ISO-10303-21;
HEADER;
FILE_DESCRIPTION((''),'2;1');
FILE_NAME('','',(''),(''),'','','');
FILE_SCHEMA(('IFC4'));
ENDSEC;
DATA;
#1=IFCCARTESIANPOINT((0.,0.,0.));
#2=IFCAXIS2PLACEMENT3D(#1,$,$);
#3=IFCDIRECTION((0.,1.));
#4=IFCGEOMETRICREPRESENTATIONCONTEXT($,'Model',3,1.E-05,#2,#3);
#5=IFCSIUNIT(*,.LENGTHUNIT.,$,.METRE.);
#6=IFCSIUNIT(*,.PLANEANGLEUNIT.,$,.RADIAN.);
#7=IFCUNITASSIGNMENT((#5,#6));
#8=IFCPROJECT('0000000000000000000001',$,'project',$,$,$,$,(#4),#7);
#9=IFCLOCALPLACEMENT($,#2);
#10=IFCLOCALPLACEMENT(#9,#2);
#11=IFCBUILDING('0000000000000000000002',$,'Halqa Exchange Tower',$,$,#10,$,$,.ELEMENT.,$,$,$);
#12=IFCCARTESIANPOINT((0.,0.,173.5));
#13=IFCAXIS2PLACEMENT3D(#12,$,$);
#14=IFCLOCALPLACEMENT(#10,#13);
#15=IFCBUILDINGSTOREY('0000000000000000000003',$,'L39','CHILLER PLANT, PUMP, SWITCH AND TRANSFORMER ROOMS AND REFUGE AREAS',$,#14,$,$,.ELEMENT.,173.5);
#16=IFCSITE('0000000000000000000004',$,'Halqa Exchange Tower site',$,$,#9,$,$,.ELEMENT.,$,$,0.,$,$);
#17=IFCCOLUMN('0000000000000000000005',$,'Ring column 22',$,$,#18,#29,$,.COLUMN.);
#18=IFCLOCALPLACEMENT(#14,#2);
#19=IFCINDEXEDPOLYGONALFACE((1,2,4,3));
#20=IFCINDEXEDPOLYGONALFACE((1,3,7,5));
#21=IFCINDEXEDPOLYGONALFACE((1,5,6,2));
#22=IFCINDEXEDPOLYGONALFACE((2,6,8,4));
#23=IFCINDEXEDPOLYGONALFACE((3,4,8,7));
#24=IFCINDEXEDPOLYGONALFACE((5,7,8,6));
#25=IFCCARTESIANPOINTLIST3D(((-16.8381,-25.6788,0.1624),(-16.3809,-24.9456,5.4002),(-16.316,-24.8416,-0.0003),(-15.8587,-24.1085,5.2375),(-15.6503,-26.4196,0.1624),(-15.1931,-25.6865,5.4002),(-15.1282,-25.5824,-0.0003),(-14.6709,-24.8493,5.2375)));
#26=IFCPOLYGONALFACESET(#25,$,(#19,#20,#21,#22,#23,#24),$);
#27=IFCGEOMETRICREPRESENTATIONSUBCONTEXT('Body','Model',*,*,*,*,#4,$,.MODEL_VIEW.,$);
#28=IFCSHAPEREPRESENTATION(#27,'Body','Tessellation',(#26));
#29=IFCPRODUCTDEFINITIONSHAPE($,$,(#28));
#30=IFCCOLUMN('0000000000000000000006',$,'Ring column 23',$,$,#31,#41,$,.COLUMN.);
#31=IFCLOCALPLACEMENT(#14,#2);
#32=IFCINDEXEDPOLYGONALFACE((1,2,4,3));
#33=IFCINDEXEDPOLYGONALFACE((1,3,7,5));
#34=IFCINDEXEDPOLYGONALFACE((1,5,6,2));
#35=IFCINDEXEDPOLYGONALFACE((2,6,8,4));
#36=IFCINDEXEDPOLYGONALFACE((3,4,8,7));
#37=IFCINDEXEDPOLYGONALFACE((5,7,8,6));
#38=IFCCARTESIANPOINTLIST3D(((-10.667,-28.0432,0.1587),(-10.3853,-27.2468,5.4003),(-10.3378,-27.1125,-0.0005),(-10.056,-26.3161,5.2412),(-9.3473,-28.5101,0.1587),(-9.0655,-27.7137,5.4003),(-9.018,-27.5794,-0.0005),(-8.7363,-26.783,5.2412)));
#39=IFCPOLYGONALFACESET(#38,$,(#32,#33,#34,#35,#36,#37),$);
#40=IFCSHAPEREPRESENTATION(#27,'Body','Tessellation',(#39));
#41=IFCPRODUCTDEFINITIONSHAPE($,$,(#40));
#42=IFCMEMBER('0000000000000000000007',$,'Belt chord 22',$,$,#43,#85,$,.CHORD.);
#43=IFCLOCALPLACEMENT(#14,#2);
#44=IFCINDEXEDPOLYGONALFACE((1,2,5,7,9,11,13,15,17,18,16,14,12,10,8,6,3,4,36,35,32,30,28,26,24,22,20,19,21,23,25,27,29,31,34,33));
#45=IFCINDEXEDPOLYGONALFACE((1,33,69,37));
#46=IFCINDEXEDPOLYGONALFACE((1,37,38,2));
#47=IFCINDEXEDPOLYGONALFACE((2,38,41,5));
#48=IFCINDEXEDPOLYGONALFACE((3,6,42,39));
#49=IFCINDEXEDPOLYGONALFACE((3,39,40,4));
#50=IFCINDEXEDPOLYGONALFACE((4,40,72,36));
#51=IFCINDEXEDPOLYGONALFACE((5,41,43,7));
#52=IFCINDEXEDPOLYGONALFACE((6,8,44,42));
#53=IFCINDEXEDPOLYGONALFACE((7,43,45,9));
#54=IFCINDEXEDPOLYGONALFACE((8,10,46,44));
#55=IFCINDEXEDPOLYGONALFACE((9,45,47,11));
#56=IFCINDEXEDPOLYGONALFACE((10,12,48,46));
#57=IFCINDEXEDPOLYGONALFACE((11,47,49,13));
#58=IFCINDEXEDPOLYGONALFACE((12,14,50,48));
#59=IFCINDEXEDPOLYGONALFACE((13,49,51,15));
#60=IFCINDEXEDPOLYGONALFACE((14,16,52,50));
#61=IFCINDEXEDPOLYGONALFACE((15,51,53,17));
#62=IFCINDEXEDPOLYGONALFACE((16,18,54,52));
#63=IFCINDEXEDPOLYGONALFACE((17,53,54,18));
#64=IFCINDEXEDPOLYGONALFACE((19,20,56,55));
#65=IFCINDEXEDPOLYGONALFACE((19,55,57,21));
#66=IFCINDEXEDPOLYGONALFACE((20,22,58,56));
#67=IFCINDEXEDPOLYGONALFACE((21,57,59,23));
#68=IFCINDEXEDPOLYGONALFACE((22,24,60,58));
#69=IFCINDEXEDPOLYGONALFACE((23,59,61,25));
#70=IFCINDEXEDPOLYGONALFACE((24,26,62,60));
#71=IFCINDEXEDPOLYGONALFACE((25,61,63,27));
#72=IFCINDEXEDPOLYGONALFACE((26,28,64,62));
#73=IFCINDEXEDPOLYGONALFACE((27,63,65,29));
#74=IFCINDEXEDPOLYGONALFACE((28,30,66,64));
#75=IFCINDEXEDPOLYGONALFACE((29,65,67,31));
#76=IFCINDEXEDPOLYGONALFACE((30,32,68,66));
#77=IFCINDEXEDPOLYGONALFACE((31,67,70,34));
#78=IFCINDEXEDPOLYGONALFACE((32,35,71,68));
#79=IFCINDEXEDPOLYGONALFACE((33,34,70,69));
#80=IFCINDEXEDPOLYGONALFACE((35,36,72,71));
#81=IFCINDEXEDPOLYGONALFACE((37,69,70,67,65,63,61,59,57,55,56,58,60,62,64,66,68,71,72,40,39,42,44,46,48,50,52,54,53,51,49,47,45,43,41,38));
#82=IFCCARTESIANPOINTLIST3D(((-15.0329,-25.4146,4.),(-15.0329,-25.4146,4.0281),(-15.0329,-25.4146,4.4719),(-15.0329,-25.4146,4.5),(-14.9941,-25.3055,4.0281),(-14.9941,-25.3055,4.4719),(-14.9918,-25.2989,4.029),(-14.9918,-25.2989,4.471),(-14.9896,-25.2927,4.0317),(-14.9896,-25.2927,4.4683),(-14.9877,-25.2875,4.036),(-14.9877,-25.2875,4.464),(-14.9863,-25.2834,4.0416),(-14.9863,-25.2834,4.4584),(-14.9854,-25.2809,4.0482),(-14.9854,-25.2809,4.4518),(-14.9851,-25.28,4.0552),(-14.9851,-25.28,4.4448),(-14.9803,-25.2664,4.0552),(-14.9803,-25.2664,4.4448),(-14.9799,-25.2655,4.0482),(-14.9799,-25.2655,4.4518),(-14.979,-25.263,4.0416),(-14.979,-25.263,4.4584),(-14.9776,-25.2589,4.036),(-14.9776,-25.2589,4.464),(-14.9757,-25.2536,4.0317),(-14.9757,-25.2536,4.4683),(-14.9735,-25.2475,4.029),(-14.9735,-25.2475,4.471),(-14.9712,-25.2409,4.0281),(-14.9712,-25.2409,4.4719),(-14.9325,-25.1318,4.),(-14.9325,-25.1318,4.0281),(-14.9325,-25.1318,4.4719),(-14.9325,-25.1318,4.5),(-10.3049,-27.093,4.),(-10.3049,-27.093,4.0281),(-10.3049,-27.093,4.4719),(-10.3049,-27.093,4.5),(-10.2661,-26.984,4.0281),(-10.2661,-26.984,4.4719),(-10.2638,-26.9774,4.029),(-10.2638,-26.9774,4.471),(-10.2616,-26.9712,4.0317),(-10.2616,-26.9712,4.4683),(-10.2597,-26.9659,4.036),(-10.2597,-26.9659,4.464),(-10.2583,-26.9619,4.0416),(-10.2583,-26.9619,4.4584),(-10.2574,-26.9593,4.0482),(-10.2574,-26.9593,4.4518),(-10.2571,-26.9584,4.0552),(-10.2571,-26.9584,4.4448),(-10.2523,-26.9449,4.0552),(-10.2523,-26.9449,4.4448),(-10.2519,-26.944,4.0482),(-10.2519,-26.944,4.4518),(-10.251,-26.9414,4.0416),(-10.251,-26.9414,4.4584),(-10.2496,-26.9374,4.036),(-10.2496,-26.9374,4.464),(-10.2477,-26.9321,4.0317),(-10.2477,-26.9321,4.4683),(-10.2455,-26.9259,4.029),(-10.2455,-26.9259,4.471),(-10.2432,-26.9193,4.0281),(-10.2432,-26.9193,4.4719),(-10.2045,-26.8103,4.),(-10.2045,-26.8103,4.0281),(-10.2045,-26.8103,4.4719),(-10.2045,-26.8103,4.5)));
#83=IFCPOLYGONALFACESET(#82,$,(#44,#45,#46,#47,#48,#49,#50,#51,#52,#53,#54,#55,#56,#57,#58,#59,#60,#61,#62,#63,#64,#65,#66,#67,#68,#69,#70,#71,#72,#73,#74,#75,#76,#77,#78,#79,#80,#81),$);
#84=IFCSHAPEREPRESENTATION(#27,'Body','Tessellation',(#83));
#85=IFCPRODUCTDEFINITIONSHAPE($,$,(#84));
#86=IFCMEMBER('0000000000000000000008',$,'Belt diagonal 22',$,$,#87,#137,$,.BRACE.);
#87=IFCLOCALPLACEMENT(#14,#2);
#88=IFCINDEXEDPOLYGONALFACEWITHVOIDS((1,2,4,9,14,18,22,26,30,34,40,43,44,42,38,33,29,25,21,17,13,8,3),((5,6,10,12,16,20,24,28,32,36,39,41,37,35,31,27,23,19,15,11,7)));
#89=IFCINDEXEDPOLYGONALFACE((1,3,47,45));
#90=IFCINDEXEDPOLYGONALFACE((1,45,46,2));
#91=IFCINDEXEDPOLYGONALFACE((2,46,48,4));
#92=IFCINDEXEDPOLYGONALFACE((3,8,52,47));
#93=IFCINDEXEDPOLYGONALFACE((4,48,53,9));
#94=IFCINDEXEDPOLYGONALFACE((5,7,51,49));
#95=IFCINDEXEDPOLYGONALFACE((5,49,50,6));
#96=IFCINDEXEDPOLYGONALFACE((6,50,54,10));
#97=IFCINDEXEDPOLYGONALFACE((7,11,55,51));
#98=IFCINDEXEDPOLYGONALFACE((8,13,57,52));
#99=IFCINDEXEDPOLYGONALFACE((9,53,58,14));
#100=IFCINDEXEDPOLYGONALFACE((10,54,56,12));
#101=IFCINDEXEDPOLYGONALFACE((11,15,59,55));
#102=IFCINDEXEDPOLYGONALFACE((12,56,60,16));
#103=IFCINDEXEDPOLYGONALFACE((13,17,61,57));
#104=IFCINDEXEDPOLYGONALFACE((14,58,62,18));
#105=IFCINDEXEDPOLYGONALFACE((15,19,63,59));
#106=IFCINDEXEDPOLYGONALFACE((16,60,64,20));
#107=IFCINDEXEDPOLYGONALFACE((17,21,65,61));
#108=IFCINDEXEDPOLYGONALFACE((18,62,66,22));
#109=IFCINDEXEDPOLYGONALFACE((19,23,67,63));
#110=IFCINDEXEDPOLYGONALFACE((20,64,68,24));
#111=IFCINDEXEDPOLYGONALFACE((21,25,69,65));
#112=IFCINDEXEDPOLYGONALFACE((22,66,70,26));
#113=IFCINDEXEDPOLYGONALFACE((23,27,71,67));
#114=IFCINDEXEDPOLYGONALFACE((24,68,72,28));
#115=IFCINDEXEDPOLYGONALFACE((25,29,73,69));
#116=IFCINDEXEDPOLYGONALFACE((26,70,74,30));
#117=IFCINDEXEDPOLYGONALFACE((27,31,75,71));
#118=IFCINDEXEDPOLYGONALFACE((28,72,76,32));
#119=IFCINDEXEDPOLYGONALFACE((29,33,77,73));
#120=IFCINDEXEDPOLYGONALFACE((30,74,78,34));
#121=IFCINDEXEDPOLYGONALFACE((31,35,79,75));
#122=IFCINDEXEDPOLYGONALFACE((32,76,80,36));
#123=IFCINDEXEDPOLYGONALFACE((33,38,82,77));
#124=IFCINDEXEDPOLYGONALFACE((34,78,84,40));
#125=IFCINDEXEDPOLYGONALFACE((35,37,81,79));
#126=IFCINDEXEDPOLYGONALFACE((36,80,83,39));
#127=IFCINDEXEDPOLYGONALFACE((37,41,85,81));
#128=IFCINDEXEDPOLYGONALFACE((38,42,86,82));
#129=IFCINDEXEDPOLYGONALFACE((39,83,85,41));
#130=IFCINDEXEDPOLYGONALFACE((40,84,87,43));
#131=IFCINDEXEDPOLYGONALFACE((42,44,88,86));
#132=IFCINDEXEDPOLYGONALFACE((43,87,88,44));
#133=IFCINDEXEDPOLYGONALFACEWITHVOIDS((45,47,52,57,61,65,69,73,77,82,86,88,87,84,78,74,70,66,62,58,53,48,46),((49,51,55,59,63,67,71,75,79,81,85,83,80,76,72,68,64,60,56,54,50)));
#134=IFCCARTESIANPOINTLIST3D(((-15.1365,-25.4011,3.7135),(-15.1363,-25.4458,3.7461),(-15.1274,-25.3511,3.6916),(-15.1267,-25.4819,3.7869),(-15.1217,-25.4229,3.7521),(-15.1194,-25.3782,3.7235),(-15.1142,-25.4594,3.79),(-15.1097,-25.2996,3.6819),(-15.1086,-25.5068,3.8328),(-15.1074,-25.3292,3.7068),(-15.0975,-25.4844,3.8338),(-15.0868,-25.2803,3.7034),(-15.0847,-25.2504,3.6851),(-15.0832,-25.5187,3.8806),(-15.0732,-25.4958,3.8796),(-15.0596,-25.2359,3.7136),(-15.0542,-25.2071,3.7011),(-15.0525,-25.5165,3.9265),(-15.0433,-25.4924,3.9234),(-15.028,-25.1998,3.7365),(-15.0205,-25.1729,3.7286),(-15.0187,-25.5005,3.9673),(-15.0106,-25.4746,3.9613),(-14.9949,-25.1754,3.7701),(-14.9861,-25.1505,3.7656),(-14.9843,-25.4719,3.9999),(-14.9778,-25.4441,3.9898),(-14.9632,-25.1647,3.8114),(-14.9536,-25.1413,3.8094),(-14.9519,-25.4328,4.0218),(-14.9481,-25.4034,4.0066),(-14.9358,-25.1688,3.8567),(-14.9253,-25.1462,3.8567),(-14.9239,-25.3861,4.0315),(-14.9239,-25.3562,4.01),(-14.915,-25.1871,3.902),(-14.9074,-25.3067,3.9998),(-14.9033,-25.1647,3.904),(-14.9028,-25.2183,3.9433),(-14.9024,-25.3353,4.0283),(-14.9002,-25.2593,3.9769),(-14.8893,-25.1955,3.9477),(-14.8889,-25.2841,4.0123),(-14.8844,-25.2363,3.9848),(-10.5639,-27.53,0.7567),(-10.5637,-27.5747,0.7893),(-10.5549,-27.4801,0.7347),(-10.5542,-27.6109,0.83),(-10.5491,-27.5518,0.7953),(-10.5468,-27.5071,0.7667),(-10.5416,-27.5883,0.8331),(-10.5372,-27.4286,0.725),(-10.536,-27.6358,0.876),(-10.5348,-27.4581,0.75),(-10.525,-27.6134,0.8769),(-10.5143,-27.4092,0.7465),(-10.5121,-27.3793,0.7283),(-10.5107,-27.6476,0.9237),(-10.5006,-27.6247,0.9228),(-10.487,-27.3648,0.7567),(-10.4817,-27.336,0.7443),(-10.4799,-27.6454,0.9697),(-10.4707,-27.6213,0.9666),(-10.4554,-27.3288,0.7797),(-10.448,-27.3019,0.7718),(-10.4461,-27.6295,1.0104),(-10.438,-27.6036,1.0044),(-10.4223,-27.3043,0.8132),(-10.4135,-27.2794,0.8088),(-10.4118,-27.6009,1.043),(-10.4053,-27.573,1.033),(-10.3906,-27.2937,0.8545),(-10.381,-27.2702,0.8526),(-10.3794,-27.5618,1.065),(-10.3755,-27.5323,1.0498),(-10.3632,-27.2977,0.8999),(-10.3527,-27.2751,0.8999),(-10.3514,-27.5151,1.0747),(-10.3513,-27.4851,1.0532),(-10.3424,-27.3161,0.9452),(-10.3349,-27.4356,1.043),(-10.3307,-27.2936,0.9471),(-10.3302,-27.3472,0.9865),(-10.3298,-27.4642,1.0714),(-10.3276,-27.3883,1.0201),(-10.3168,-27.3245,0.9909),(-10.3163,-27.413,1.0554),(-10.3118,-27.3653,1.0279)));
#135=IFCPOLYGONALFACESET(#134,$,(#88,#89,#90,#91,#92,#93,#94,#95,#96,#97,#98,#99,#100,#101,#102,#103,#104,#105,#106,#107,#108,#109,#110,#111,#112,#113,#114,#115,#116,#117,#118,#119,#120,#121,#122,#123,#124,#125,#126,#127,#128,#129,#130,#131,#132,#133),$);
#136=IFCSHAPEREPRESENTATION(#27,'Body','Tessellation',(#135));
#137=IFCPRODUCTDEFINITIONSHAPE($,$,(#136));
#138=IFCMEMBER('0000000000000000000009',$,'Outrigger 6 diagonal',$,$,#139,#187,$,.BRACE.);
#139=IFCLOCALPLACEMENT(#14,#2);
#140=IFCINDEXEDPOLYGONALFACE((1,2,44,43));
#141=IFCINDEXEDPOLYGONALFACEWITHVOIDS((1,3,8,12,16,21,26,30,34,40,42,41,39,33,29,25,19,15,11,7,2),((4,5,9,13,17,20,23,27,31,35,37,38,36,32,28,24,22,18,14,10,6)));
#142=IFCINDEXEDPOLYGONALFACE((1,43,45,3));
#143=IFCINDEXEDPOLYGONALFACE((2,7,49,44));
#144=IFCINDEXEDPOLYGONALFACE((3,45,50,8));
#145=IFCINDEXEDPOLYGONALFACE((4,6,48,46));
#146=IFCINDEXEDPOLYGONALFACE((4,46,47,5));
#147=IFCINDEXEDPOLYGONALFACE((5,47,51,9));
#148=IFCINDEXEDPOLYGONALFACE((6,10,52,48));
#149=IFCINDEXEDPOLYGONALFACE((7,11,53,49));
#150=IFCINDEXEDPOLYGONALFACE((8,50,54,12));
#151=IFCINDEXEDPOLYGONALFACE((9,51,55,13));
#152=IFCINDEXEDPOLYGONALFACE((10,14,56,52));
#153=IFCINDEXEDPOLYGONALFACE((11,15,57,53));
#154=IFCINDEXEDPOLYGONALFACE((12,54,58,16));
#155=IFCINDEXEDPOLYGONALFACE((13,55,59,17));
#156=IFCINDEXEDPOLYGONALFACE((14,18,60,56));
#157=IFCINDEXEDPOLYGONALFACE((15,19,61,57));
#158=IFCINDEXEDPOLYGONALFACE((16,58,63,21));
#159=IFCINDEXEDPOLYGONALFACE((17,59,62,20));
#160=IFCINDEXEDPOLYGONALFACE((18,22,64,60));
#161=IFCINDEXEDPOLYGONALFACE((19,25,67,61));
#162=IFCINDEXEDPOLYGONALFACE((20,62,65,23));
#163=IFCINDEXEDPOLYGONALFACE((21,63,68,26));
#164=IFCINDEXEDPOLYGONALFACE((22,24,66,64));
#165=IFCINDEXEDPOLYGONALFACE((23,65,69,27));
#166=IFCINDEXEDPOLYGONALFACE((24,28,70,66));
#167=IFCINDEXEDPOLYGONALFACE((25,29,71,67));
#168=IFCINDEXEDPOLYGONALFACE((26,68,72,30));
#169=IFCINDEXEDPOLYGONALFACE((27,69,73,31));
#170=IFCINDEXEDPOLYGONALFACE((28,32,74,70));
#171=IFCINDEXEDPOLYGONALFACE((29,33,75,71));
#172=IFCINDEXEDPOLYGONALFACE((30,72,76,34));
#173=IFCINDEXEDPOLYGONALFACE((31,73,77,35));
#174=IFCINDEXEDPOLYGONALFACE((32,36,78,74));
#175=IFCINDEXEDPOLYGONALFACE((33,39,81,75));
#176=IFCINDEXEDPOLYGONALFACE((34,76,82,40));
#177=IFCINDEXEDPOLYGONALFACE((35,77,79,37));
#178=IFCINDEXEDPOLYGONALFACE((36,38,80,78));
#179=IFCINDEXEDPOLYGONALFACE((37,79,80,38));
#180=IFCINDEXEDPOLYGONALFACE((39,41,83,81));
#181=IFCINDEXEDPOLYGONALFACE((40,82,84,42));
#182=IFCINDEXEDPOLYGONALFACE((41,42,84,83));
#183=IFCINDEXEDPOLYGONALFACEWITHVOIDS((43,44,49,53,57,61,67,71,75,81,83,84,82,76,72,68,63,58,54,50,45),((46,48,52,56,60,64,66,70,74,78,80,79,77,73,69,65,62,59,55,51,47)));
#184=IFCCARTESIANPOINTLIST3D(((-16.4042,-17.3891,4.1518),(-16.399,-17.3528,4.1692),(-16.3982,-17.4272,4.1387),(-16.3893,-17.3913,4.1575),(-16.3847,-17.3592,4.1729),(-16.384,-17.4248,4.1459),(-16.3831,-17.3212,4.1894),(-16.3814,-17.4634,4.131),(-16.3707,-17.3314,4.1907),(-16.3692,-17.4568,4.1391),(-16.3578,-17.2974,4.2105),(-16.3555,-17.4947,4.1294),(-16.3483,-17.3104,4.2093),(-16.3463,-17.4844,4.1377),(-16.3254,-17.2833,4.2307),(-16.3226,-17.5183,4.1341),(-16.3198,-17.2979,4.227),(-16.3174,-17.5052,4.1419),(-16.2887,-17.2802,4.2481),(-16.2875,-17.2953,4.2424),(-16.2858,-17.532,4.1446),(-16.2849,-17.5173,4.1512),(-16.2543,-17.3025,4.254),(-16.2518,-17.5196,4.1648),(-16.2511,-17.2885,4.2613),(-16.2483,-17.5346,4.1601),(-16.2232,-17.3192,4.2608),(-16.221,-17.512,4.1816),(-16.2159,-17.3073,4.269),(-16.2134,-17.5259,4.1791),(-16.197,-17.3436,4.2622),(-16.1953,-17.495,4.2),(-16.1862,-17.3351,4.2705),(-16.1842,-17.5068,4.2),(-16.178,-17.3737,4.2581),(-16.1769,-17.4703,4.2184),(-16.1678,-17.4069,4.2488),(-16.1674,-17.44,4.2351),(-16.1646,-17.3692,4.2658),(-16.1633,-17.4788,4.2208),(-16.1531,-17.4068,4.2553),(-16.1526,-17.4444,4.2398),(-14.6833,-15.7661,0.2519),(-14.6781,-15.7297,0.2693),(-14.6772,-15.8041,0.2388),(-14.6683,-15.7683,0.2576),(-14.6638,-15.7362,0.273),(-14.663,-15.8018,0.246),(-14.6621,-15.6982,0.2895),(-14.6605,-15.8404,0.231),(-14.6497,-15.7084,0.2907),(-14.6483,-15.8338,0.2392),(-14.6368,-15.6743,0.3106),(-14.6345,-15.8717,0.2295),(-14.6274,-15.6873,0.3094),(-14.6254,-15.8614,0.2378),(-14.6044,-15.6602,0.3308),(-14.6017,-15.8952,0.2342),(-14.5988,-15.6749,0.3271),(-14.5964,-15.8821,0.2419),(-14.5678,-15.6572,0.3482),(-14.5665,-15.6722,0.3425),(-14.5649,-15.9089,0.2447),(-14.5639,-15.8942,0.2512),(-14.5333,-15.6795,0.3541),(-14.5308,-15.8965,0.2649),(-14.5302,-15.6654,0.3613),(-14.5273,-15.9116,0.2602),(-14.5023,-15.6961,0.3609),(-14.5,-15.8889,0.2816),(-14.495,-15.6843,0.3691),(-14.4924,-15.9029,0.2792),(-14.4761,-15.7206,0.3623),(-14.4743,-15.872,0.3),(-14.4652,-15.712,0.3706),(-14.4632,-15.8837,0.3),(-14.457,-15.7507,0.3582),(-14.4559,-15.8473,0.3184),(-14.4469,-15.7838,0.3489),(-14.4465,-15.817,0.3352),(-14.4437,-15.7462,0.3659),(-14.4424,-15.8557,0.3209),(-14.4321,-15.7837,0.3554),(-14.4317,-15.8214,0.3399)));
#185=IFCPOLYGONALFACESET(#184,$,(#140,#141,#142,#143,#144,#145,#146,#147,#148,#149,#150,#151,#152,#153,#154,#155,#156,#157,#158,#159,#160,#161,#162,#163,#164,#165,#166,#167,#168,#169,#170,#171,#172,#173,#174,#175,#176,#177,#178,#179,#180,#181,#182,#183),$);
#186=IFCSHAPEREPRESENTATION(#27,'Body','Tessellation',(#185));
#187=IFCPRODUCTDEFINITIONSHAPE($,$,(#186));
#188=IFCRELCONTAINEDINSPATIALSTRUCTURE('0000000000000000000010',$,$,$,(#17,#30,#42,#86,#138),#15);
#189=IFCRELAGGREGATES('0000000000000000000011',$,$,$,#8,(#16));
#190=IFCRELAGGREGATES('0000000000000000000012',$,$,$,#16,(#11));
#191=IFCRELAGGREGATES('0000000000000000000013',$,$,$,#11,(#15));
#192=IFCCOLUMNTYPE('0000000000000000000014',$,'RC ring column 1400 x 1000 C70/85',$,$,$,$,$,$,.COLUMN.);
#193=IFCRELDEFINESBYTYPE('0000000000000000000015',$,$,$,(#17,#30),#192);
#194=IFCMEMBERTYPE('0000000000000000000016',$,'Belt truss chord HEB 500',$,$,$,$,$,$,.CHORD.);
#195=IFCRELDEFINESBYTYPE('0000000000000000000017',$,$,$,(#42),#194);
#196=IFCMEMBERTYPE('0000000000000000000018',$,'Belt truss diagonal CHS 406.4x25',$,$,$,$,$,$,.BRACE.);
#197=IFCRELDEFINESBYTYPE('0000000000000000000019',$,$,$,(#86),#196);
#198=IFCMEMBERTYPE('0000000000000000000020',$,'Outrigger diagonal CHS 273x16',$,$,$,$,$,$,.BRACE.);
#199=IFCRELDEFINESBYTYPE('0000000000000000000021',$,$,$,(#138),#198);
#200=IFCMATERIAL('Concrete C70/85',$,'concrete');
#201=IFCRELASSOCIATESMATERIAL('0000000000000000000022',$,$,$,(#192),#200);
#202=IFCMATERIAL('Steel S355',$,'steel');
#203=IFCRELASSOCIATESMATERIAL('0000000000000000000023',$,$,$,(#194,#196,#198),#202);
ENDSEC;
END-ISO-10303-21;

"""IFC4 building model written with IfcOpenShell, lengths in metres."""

from ifc_helpers import new_model, si_unit, direction, frame, origin, origin_2d, place, context, subcontext, project, spatial, rectangle, hollow_circle, i_section, extrude, material, material_profile, profile_set, type_object, element, save


model = new_model("IFC4")

# Units and contexts
model_context = context("Model", 3, precision=1e-05, world=origin(), true_north=direction((0.0, 1.0)))
body_context = subcontext(model_context, "Body", "Model", "MODEL_VIEW")
ifc_project = project(units=[si_unit("LENGTHUNIT", "METRE"), si_unit("PLANEANGLEUNIT", "RADIAN")], contexts=[model_context])

# Site, building, storey
site_placement = place(None, origin())
site = spatial("IfcSite", under=ifc_project, at=site_placement, Name="Halqa Exchange Tower site", CompositionType="ELEMENT", RefElevation=0.0)
building_placement = place(site_placement, origin())
building = spatial("IfcBuilding", under=site, at=building_placement, Name="Halqa Exchange Tower", CompositionType="ELEMENT")
storey_placement = place(building_placement, frame((0.0, 0.0, 173.5)))
storey = spatial("IfcBuildingStorey", under=building, at=storey_placement, Name="L39", Description="CHILLER PLANT, PUMP, SWITCH AND TRANSFORMER ROOMS AND REFUGE AREAS", CompositionType="ELEMENT", Elevation=173.5)

# Columns
ifc_material_1 = material(Name="Concrete C70/85", Category="concrete")
ifc_material_profile_1 = material_profile(ifc_material_1, rectangle(XDim=1.3999, YDim=1.0, at=origin_2d()), Name="1400 x 1000")
ifc_profile_set_1 = profile_set([ifc_material_profile_1], Name="Concrete C70/85")
column_type = type_object("IfcColumnType", Name="RC ring column 1400 x 1000 C70/85", PredefinedType="COLUMN", material=ifc_profile_set_1)
column_1_placement = place(storey_placement, frame((-15.9832, -25.6306, 0.0811), z_axis=(0.086139, 0.138107, 0.986664), x_axis=(-0.84849, 0.529211, 0.0)))
element("IfcColumn", 1, at=column_1_placement, inside=storey, type_object=column_type, Name="Ring column 22", PredefinedType="COLUMN", context=body_context, shape_type="SweptSolid", body=[
    extrude(rectangle(XDim=1.3999, YDim=1.0, at=origin_2d()), origin(), (0.0, 0.0, 1.0), 5.3086),
])
column_2_placement = place(storey_placement, frame((-9.8425, -27.8113, 0.0791), z_axis=(0.053065, 0.149998, 0.987261), x_axis=(-0.942745, 0.333515, 0.0)))
element("IfcColumn", 2, at=column_2_placement, inside=storey, type_object=column_type, Name="Ring column 23", PredefinedType="COLUMN", context=body_context, shape_type="SweptSolid", body=[
    extrude(rectangle(XDim=1.3999, YDim=1.0, at=origin_2d()), origin(), (0.0, 0.0, 1.0), 5.3093),
])

# Members
ifc_material_2 = material(Name="Steel S355", Category="steel")
ifc_material_profile_2 = material_profile(ifc_material_2, i_section(OverallWidth=0.3, OverallDepth=0.5, WebThickness=0.0144, FlangeThickness=0.0281, FilletRadius=0.0271, at=origin_2d()), Name="HEB 500")
ifc_profile_set_2 = profile_set([ifc_material_profile_2], Name="Steel S355")
member_type_1 = type_object("IfcMemberType", Name="Belt truss chord HEB 500", PredefinedType="CHORD", material=ifc_profile_set_2)
member_1_placement = place(storey_placement, frame((-14.9827, -25.2732, 4.25), z_axis=(0.942379, -0.334548, 0.0), x_axis=(0.334548, 0.942379, 0.0)))
element("IfcMember", 3, at=member_1_placement, inside=storey, type_object=member_type_1, Name="Belt chord 22", PredefinedType="CHORD", context=body_context, shape_type="SweptSolid", body=[
    extrude(i_section(OverallWidth=0.3, OverallDepth=0.5, WebThickness=0.0144, FlangeThickness=0.0281, FilletRadius=0.0271, at=origin_2d()), origin(), (0.0, 0.0, 1.0), 5.0171),
])
ifc_material_profile_3 = material_profile(ifc_material_2, hollow_circle(Radius=0.2031, WallThickness=0.0249, at=origin_2d()), Name="CHS 406.4x25")
ifc_profile_set_3 = profile_set([ifc_material_profile_3], Name="Steel S355")
member_type_2 = type_object("IfcMemberType", Name="Belt truss diagonal CHS 406.4x25", PredefinedType="BRACE", material=ifc_profile_set_3)
member_2_placement = place(storey_placement, frame((-15.011, -25.3303, 3.8567), z_axis=(0.782081, -0.364128, -0.505728), x_axis=(0.422082, 0.906557, 0.0)))
element("IfcMember", 4, at=member_2_placement, inside=storey, type_object=member_type_2, Name="Belt diagonal 22", PredefinedType="BRACE", context=body_context, shape_type="SweptSolid", body=[
    extrude(hollow_circle(Radius=0.2031, WallThickness=0.0249, at=origin_2d()), origin(), (0.0, 0.0, 1.0), 5.8467),
])
ifc_material_profile_4 = material_profile(ifc_material_2, hollow_circle(Radius=0.1365, WallThickness=0.0161, at=origin_2d()), Name="CHS 273x16")
ifc_profile_set_4 = profile_set([ifc_material_profile_4], Name="Steel S355")
member_type_3 = type_object("IfcMemberType", Name="Outrigger diagonal CHS 273x16", PredefinedType="BRACE", material=ifc_profile_set_4)
member_3_placement = place(storey_placement, frame((-14.5569, -15.7844, 0.3), z_axis=(-0.377296, -0.355832, 0.855004), x_axis=(0.686111, -0.727497, 0.0)))
element("IfcMember", 5, at=member_3_placement, inside=storey, type_object=member_type_3, Name="Outrigger 6 diagonal", PredefinedType="BRACE", context=body_context, shape_type="SweptSolid", body=[
    extrude(hollow_circle(Radius=0.1365, WallThickness=0.0161, at=origin_2d()), origin(), (0.0, 0.0, 1.0), 4.5613),
])

save(model, "model.ifc")
